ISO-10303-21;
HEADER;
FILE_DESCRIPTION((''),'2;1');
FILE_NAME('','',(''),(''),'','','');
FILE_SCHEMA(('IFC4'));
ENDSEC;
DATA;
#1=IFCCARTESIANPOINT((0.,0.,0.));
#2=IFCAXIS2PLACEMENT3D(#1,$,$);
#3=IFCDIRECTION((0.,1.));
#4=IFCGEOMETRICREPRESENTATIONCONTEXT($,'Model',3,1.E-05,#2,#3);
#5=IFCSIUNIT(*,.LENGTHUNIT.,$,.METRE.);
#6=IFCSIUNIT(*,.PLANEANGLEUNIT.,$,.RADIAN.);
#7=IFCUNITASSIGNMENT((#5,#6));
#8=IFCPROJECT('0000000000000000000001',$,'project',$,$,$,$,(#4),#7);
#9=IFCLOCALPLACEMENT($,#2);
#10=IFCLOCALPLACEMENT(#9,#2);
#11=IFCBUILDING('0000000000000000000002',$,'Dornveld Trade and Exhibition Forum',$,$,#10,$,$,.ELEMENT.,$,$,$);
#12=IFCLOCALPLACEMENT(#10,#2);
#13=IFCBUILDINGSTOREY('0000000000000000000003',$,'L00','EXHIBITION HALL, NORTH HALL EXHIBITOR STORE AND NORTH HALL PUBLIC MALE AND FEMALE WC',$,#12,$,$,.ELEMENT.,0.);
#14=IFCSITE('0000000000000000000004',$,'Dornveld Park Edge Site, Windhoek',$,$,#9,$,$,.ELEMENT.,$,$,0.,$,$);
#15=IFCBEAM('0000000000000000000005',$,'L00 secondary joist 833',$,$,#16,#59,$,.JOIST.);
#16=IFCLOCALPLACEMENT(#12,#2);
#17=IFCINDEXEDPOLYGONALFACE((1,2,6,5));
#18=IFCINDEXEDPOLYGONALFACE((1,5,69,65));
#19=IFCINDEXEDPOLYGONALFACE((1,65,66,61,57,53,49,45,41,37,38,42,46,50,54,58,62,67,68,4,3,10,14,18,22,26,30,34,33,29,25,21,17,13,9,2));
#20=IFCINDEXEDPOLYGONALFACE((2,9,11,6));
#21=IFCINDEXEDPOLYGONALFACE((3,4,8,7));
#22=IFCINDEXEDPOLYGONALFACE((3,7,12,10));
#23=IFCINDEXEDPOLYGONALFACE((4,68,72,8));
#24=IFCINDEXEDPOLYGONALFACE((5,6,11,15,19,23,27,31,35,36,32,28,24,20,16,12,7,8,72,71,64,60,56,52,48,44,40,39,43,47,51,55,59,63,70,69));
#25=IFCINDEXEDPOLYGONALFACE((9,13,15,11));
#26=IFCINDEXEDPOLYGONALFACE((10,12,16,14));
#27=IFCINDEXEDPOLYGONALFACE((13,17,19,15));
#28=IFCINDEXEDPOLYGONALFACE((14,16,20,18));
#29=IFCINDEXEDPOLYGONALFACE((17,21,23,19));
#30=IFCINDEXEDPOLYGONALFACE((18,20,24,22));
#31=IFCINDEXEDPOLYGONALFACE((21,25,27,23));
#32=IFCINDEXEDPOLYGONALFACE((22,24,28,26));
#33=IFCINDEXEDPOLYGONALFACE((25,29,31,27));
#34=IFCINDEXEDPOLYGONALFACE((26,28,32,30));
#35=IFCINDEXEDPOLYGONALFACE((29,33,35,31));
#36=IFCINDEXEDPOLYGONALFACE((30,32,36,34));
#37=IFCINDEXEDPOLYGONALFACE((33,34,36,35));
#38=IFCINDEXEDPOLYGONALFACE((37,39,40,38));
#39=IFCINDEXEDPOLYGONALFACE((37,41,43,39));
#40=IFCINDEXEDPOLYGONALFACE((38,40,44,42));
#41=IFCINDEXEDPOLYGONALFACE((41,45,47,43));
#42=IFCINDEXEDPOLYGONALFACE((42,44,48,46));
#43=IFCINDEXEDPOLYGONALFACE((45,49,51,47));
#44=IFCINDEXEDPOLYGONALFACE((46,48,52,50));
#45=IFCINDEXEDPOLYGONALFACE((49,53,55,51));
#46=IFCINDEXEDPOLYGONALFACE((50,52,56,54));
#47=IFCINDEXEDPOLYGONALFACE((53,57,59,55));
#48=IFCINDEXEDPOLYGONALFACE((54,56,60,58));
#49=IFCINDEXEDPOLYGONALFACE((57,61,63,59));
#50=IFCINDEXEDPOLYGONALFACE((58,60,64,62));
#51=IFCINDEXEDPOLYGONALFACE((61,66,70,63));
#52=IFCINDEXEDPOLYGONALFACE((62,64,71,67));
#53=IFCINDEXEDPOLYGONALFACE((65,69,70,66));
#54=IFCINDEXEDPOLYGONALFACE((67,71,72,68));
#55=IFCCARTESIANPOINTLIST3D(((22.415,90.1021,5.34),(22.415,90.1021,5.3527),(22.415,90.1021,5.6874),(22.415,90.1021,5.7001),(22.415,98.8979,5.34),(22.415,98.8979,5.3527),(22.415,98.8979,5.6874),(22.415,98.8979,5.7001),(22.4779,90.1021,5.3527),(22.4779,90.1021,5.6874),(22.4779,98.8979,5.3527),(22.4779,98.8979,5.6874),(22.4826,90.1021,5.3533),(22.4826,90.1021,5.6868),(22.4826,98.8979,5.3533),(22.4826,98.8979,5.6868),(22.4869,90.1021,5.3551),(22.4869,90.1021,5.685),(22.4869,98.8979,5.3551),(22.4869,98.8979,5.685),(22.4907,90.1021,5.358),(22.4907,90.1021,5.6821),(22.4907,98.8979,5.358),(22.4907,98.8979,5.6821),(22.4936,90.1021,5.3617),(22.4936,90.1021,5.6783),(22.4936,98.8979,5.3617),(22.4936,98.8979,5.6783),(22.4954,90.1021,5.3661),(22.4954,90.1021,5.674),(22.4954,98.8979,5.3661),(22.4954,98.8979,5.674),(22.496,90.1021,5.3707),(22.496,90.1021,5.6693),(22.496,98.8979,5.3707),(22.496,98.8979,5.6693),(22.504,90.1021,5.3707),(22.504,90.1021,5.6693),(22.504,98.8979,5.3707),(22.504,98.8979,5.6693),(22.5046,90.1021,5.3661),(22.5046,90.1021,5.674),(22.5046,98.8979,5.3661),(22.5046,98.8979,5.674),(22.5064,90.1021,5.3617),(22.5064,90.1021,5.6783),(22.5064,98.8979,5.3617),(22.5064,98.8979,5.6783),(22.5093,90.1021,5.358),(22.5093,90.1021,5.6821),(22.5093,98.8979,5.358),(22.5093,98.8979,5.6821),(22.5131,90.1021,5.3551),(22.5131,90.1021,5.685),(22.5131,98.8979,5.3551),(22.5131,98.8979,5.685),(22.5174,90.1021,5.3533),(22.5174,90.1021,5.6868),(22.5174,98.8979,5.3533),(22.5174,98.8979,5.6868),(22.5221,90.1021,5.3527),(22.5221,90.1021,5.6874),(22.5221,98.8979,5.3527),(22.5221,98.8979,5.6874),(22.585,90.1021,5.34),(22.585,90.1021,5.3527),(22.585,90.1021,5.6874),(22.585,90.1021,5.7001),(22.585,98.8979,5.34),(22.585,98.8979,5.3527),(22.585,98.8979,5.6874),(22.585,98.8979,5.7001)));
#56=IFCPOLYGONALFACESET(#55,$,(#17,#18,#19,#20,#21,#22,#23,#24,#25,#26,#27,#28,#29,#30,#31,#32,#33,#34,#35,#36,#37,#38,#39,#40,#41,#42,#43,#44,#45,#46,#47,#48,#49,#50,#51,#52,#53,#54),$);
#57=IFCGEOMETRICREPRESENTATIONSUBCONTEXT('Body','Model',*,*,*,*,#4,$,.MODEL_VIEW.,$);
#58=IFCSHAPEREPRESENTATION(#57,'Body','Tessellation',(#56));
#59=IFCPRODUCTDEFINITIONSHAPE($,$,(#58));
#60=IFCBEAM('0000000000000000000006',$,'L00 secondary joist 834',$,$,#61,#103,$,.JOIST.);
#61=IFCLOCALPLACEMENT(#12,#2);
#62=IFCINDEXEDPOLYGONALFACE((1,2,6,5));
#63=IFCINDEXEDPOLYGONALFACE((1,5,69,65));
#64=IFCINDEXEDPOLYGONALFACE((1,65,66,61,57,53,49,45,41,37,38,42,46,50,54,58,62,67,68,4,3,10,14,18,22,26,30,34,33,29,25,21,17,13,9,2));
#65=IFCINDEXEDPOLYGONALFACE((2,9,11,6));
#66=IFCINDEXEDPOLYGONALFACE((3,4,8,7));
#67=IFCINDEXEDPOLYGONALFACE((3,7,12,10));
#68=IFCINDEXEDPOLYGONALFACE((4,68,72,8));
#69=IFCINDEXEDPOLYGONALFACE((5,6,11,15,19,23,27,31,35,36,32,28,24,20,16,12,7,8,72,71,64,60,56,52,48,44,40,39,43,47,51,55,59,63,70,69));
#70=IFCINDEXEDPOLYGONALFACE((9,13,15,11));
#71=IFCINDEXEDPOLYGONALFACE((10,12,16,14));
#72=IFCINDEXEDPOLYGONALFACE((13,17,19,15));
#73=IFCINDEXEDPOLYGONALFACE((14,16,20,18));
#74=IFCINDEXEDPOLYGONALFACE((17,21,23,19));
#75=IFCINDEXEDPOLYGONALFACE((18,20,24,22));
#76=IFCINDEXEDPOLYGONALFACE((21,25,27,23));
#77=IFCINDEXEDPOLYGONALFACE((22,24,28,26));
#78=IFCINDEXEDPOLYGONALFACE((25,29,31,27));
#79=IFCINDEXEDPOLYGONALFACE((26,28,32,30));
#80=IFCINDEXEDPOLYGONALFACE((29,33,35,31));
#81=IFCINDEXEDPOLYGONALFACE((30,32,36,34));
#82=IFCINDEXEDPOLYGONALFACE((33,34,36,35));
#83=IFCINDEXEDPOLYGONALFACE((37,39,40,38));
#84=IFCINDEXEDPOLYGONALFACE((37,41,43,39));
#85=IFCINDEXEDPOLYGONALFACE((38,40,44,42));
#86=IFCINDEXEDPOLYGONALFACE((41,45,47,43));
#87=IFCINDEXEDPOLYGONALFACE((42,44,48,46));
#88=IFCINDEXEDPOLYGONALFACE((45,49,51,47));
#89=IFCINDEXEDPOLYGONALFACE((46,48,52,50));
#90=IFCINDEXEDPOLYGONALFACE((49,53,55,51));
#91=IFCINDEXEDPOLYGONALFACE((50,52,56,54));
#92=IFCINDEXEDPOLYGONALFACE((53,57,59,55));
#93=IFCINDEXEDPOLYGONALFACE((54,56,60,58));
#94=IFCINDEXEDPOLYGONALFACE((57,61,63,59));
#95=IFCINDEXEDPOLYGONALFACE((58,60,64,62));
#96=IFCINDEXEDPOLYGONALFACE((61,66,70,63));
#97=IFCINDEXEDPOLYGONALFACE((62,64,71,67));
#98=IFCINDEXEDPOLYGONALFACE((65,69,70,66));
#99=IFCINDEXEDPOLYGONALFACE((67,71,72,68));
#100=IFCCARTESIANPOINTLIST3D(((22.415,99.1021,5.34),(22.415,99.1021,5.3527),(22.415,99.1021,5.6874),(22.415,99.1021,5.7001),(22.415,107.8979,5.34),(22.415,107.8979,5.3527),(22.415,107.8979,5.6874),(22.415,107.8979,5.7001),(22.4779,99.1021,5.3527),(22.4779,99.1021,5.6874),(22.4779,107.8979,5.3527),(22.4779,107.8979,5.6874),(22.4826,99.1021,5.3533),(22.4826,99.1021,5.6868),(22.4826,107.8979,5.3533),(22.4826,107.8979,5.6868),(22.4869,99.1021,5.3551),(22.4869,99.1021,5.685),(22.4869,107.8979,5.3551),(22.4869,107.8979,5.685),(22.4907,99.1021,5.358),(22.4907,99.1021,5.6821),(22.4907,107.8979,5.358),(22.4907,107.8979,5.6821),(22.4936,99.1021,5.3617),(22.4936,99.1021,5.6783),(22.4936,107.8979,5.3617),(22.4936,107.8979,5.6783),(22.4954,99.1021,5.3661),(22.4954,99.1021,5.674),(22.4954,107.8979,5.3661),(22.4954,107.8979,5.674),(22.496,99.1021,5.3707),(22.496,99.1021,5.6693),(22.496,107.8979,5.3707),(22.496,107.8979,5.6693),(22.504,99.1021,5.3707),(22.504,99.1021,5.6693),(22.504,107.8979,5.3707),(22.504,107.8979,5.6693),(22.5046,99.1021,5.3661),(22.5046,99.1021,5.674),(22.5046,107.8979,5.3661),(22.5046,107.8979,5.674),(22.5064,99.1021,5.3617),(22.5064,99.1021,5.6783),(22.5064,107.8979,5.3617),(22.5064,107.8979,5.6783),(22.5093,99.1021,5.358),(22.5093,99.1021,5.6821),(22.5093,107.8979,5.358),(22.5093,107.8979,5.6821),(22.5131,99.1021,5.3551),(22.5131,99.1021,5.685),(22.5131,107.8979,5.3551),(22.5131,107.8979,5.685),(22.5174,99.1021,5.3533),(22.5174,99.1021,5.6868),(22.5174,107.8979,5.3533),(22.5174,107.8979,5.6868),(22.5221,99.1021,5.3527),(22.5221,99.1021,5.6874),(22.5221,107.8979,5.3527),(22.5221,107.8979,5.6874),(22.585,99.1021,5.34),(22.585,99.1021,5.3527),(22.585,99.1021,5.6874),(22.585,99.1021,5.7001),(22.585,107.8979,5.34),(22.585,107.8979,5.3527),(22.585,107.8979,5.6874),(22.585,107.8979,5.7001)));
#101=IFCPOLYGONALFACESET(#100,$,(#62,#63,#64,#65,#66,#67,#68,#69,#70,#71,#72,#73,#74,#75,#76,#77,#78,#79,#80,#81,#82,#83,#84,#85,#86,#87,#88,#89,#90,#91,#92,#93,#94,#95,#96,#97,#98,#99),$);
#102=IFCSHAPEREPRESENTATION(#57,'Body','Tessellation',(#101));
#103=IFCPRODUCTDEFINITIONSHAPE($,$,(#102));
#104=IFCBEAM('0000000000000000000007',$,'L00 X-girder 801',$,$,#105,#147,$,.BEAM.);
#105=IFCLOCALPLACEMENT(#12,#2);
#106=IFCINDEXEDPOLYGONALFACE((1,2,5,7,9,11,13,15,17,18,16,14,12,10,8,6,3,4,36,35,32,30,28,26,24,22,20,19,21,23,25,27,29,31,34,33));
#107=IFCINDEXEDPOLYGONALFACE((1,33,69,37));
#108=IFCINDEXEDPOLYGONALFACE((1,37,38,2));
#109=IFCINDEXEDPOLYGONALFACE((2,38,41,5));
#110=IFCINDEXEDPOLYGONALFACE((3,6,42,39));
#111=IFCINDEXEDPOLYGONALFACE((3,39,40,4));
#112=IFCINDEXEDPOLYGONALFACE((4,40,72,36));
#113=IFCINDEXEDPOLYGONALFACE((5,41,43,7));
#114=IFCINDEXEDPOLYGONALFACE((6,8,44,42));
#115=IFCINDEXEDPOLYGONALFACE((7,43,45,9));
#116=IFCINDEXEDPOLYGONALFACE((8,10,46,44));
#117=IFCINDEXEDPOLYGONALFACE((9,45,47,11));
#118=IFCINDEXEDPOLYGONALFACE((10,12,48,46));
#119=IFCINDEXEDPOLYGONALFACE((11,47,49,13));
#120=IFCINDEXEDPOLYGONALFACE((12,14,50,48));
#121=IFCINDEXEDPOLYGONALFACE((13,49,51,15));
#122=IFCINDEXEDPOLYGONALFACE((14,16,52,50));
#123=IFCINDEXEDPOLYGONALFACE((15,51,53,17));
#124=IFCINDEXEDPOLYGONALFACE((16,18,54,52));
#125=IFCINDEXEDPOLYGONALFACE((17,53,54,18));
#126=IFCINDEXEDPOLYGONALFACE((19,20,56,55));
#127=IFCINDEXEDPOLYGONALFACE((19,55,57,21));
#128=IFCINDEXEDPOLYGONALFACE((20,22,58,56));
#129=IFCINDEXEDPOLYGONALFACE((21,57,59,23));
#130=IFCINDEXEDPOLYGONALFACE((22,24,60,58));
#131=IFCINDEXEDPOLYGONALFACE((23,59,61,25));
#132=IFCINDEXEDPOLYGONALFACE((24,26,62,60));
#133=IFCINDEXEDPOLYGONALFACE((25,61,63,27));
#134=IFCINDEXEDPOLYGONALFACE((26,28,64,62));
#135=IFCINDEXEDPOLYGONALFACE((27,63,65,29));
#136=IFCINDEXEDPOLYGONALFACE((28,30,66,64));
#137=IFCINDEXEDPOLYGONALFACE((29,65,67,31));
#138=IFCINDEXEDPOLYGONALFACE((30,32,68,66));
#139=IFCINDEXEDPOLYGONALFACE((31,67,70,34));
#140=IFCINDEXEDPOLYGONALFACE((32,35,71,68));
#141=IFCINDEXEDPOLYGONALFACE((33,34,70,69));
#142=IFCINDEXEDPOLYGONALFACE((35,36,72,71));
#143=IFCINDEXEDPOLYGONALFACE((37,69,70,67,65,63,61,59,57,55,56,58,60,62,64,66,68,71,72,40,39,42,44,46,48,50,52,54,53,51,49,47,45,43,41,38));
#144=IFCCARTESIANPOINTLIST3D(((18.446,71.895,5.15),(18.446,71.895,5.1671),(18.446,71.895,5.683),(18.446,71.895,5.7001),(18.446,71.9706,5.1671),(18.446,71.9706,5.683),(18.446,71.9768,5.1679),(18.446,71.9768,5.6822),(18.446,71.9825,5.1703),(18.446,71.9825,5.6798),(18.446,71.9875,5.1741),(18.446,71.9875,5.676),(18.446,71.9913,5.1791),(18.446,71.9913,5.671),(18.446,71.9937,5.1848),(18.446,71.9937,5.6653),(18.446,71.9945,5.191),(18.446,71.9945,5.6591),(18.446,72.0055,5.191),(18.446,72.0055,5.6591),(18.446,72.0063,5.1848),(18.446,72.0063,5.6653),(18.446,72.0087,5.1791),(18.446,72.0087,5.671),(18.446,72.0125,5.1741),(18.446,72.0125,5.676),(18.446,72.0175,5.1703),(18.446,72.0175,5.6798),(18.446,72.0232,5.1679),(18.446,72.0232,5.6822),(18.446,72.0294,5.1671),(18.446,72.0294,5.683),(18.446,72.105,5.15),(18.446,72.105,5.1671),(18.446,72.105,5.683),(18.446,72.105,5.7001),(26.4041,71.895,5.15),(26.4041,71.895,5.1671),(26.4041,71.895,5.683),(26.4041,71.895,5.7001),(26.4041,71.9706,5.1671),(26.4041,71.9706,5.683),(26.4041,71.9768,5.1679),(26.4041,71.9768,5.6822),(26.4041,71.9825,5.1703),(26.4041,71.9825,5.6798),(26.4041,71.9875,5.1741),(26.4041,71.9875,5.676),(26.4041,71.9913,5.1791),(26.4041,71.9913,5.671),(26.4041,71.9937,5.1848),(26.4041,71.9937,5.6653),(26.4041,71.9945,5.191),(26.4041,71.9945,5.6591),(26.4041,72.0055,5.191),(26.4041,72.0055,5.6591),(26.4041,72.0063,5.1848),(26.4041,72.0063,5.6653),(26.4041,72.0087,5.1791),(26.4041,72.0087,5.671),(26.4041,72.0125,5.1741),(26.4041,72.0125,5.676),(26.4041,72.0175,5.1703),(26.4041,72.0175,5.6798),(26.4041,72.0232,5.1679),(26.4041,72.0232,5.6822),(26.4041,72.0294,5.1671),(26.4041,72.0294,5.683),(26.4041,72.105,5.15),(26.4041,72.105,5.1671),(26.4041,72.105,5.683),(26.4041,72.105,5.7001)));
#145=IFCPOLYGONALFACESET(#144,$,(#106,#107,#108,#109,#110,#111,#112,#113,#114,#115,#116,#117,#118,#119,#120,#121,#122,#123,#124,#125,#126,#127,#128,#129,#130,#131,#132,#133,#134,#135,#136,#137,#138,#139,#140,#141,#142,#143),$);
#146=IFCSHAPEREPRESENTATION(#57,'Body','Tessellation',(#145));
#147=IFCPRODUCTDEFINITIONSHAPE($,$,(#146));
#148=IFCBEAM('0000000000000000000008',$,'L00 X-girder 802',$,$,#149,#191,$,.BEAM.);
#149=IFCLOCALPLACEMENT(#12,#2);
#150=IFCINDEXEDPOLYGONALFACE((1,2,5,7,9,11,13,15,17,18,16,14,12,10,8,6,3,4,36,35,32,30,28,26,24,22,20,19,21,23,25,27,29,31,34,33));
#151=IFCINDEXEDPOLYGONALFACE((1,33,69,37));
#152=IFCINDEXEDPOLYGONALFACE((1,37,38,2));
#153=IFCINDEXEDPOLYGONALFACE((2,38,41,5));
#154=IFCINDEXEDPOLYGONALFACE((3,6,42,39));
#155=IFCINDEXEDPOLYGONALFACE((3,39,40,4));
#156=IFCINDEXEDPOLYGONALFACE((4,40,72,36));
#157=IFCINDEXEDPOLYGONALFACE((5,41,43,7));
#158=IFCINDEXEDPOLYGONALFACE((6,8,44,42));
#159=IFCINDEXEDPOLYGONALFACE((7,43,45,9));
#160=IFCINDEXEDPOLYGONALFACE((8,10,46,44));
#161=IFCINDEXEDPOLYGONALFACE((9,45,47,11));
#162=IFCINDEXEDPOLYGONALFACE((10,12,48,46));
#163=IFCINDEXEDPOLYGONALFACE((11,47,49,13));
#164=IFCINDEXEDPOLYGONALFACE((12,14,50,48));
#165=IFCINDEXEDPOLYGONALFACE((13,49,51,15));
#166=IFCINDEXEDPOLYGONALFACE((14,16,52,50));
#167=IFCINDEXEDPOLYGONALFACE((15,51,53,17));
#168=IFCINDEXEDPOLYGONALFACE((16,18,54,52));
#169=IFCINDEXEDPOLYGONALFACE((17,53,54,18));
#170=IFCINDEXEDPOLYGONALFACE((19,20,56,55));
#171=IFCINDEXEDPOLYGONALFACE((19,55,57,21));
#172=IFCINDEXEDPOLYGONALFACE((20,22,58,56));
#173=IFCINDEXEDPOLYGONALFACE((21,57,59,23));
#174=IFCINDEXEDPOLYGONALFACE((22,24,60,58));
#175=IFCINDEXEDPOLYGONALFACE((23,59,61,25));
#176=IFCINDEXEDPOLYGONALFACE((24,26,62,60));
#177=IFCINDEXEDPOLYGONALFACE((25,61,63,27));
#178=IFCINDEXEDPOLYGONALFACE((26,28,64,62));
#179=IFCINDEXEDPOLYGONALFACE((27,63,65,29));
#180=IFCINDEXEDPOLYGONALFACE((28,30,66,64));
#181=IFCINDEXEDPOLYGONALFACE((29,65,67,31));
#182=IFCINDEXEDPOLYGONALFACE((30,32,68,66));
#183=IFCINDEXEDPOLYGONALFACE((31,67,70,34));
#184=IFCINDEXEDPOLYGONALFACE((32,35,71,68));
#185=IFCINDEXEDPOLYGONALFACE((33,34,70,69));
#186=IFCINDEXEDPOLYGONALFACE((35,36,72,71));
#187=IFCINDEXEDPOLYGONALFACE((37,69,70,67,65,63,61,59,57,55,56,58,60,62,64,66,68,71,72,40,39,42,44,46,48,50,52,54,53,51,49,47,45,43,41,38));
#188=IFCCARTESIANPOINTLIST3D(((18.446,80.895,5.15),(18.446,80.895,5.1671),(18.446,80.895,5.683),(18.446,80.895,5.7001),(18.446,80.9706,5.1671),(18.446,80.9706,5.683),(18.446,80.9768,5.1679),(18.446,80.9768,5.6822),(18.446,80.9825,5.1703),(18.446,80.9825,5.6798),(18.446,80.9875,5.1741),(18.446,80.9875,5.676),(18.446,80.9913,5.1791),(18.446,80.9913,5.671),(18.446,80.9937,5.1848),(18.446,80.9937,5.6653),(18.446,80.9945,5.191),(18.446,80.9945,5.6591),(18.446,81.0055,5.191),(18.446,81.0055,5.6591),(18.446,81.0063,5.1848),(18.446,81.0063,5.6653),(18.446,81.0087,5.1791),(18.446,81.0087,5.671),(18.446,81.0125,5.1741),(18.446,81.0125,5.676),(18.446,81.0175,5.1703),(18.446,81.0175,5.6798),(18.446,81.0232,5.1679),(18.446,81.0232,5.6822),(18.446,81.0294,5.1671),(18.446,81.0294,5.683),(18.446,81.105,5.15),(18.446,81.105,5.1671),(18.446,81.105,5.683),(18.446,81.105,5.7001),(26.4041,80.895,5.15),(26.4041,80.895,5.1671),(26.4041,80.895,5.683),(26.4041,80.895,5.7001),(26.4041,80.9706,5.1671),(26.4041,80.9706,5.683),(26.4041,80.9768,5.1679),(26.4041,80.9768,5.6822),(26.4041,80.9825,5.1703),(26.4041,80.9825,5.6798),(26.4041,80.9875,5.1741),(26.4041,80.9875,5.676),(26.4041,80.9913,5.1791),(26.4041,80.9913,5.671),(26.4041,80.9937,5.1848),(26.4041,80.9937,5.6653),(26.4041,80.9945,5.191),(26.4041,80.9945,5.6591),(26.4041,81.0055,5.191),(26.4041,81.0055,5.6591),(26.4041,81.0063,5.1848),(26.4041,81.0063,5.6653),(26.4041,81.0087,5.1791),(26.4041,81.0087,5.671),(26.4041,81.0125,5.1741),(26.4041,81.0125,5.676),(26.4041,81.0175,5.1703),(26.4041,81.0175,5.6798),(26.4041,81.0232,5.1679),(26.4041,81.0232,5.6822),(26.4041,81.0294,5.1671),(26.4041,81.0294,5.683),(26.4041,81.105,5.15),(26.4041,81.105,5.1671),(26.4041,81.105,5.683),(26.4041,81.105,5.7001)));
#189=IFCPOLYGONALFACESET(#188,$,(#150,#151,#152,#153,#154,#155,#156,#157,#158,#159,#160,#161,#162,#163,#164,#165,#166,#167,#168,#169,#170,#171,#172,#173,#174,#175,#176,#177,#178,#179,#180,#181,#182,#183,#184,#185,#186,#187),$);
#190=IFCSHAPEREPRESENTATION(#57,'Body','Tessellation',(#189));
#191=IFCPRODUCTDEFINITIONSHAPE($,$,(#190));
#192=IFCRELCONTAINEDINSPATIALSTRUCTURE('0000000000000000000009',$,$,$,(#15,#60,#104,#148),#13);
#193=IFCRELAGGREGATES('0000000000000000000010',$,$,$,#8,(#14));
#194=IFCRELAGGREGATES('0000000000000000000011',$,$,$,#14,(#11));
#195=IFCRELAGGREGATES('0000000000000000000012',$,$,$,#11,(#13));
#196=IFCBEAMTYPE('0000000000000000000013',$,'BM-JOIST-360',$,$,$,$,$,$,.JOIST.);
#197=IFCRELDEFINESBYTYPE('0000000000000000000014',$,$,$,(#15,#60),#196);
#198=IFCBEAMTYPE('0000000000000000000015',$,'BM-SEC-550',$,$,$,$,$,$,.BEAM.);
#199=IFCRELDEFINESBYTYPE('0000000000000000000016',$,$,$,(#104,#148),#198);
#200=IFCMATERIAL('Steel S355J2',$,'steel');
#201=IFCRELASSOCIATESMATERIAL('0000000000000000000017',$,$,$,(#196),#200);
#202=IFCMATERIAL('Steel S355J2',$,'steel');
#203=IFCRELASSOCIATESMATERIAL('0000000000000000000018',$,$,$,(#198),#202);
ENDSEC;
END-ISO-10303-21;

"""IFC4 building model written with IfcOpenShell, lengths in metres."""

from ifc_helpers import new_model, si_unit, direction, frame, origin, origin_2d, place, context, subcontext, project, spatial, i_section, extrude, material, material_profile, profile_set, type_object, element, save


model = new_model("IFC4")

# Units and contexts
model_context = context("Model", 3, precision=1e-05, world=origin(), true_north=direction((0.0, 1.0)))
body_context = subcontext(model_context, "Body", "Model", "MODEL_VIEW")
ifc_project = project(units=[si_unit("LENGTHUNIT", "METRE"), si_unit("PLANEANGLEUNIT", "RADIAN")], contexts=[model_context])

# Site, building, storey
site_placement = place(None, origin())
site = spatial("IfcSite", under=ifc_project, at=site_placement, Name="Dornveld Park Edge Site, Windhoek", CompositionType="ELEMENT", RefElevation=0.0)
building_placement = place(site_placement, origin())
building = spatial("IfcBuilding", under=site, at=building_placement, Name="Dornveld Trade and Exhibition Forum", CompositionType="ELEMENT")
storey_placement = place(building_placement, origin())
storey = spatial("IfcBuildingStorey", under=building, at=storey_placement, Name="L00", Description="EXHIBITION HALL, NORTH HALL EXHIBITOR STORE AND NORTH HALL PUBLIC MALE AND FEMALE WC", CompositionType="ELEMENT", Elevation=0.0)

# Beams
ifc_material_1 = material(Name="Steel S355J2", Category="steel")
ifc_material_profile_1 = material_profile(ifc_material_1, i_section(OverallWidth=0.1699, OverallDepth=0.3601, WebThickness=0.0081, FlangeThickness=0.0127, FilletRadius=0.0181, at=origin_2d()), Name="IPE 360")
ifc_profile_set_1 = profile_set([ifc_material_profile_1], Name="Steel S355J2")
beam_type_1 = type_object("IfcBeamType", Name="BM-JOIST-360", PredefinedType="JOIST", material=ifc_profile_set_1)
for number, where, z_axis, x_axis, name in (
    (1, (22.5, 90.1021, 5.52), (0.0, 1.0, 0.0), (-1.0, 0.0, 0.0), "L00 secondary joist 833"),
    (2, (22.5, 99.1021, 5.52), (0.0, 1.0, 0.0), (-1.0, 0.0, 0.0), "L00 secondary joist 834"),
):
    element("IfcBeam", number, at=place(storey_placement, frame(where, z_axis=z_axis, x_axis=x_axis)), inside=storey, type_object=beam_type_1, Name=name, PredefinedType="JOIST", context=body_context, shape_type="SweptSolid", body=[
        extrude(i_section(OverallWidth=0.1699, OverallDepth=0.3601, WebThickness=0.0081, FlangeThickness=0.0127, FilletRadius=0.0181, at=origin_2d()), origin(), (0.0, 0.0, 1.0), 8.7959),
    ])
ifc_material_2 = material(Name="Steel S355J2", Category="steel")
ifc_material_profile_2 = material_profile(ifc_material_2, i_section(OverallWidth=0.21, OverallDepth=0.55, WebThickness=0.011, FlangeThickness=0.0171, FilletRadius=0.0239, at=origin_2d()), Name="IPE 550")
ifc_profile_set_2 = profile_set([ifc_material_profile_2], Name="Steel S355J2")
beam_type_2 = type_object("IfcBeamType", Name="BM-SEC-550", PredefinedType="BEAM", material=ifc_profile_set_2)
for number, where, z_axis, x_axis, name in (
    (3, (18.446, 72.0, 5.425), (1.0, 0.0, 0.0), (0.0, 1.0, 0.0), "L00 X-girder 801"),
    (4, (18.446, 81.0, 5.425), (1.0, 0.0, 0.0), (0.0, 1.0, 0.0), "L00 X-girder 802"),
):
    element("IfcBeam", number, at=place(storey_placement, frame(where, z_axis=z_axis, x_axis=x_axis)), inside=storey, type_object=beam_type_2, Name=name, PredefinedType="BEAM", context=body_context, shape_type="SweptSolid", body=[
        extrude(i_section(OverallWidth=0.21, OverallDepth=0.55, WebThickness=0.011, FlangeThickness=0.0171, FilletRadius=0.0239, at=origin_2d()), origin(), (0.0, 0.0, 1.0), 7.958),
    ])

save(model, "model.ifc")
